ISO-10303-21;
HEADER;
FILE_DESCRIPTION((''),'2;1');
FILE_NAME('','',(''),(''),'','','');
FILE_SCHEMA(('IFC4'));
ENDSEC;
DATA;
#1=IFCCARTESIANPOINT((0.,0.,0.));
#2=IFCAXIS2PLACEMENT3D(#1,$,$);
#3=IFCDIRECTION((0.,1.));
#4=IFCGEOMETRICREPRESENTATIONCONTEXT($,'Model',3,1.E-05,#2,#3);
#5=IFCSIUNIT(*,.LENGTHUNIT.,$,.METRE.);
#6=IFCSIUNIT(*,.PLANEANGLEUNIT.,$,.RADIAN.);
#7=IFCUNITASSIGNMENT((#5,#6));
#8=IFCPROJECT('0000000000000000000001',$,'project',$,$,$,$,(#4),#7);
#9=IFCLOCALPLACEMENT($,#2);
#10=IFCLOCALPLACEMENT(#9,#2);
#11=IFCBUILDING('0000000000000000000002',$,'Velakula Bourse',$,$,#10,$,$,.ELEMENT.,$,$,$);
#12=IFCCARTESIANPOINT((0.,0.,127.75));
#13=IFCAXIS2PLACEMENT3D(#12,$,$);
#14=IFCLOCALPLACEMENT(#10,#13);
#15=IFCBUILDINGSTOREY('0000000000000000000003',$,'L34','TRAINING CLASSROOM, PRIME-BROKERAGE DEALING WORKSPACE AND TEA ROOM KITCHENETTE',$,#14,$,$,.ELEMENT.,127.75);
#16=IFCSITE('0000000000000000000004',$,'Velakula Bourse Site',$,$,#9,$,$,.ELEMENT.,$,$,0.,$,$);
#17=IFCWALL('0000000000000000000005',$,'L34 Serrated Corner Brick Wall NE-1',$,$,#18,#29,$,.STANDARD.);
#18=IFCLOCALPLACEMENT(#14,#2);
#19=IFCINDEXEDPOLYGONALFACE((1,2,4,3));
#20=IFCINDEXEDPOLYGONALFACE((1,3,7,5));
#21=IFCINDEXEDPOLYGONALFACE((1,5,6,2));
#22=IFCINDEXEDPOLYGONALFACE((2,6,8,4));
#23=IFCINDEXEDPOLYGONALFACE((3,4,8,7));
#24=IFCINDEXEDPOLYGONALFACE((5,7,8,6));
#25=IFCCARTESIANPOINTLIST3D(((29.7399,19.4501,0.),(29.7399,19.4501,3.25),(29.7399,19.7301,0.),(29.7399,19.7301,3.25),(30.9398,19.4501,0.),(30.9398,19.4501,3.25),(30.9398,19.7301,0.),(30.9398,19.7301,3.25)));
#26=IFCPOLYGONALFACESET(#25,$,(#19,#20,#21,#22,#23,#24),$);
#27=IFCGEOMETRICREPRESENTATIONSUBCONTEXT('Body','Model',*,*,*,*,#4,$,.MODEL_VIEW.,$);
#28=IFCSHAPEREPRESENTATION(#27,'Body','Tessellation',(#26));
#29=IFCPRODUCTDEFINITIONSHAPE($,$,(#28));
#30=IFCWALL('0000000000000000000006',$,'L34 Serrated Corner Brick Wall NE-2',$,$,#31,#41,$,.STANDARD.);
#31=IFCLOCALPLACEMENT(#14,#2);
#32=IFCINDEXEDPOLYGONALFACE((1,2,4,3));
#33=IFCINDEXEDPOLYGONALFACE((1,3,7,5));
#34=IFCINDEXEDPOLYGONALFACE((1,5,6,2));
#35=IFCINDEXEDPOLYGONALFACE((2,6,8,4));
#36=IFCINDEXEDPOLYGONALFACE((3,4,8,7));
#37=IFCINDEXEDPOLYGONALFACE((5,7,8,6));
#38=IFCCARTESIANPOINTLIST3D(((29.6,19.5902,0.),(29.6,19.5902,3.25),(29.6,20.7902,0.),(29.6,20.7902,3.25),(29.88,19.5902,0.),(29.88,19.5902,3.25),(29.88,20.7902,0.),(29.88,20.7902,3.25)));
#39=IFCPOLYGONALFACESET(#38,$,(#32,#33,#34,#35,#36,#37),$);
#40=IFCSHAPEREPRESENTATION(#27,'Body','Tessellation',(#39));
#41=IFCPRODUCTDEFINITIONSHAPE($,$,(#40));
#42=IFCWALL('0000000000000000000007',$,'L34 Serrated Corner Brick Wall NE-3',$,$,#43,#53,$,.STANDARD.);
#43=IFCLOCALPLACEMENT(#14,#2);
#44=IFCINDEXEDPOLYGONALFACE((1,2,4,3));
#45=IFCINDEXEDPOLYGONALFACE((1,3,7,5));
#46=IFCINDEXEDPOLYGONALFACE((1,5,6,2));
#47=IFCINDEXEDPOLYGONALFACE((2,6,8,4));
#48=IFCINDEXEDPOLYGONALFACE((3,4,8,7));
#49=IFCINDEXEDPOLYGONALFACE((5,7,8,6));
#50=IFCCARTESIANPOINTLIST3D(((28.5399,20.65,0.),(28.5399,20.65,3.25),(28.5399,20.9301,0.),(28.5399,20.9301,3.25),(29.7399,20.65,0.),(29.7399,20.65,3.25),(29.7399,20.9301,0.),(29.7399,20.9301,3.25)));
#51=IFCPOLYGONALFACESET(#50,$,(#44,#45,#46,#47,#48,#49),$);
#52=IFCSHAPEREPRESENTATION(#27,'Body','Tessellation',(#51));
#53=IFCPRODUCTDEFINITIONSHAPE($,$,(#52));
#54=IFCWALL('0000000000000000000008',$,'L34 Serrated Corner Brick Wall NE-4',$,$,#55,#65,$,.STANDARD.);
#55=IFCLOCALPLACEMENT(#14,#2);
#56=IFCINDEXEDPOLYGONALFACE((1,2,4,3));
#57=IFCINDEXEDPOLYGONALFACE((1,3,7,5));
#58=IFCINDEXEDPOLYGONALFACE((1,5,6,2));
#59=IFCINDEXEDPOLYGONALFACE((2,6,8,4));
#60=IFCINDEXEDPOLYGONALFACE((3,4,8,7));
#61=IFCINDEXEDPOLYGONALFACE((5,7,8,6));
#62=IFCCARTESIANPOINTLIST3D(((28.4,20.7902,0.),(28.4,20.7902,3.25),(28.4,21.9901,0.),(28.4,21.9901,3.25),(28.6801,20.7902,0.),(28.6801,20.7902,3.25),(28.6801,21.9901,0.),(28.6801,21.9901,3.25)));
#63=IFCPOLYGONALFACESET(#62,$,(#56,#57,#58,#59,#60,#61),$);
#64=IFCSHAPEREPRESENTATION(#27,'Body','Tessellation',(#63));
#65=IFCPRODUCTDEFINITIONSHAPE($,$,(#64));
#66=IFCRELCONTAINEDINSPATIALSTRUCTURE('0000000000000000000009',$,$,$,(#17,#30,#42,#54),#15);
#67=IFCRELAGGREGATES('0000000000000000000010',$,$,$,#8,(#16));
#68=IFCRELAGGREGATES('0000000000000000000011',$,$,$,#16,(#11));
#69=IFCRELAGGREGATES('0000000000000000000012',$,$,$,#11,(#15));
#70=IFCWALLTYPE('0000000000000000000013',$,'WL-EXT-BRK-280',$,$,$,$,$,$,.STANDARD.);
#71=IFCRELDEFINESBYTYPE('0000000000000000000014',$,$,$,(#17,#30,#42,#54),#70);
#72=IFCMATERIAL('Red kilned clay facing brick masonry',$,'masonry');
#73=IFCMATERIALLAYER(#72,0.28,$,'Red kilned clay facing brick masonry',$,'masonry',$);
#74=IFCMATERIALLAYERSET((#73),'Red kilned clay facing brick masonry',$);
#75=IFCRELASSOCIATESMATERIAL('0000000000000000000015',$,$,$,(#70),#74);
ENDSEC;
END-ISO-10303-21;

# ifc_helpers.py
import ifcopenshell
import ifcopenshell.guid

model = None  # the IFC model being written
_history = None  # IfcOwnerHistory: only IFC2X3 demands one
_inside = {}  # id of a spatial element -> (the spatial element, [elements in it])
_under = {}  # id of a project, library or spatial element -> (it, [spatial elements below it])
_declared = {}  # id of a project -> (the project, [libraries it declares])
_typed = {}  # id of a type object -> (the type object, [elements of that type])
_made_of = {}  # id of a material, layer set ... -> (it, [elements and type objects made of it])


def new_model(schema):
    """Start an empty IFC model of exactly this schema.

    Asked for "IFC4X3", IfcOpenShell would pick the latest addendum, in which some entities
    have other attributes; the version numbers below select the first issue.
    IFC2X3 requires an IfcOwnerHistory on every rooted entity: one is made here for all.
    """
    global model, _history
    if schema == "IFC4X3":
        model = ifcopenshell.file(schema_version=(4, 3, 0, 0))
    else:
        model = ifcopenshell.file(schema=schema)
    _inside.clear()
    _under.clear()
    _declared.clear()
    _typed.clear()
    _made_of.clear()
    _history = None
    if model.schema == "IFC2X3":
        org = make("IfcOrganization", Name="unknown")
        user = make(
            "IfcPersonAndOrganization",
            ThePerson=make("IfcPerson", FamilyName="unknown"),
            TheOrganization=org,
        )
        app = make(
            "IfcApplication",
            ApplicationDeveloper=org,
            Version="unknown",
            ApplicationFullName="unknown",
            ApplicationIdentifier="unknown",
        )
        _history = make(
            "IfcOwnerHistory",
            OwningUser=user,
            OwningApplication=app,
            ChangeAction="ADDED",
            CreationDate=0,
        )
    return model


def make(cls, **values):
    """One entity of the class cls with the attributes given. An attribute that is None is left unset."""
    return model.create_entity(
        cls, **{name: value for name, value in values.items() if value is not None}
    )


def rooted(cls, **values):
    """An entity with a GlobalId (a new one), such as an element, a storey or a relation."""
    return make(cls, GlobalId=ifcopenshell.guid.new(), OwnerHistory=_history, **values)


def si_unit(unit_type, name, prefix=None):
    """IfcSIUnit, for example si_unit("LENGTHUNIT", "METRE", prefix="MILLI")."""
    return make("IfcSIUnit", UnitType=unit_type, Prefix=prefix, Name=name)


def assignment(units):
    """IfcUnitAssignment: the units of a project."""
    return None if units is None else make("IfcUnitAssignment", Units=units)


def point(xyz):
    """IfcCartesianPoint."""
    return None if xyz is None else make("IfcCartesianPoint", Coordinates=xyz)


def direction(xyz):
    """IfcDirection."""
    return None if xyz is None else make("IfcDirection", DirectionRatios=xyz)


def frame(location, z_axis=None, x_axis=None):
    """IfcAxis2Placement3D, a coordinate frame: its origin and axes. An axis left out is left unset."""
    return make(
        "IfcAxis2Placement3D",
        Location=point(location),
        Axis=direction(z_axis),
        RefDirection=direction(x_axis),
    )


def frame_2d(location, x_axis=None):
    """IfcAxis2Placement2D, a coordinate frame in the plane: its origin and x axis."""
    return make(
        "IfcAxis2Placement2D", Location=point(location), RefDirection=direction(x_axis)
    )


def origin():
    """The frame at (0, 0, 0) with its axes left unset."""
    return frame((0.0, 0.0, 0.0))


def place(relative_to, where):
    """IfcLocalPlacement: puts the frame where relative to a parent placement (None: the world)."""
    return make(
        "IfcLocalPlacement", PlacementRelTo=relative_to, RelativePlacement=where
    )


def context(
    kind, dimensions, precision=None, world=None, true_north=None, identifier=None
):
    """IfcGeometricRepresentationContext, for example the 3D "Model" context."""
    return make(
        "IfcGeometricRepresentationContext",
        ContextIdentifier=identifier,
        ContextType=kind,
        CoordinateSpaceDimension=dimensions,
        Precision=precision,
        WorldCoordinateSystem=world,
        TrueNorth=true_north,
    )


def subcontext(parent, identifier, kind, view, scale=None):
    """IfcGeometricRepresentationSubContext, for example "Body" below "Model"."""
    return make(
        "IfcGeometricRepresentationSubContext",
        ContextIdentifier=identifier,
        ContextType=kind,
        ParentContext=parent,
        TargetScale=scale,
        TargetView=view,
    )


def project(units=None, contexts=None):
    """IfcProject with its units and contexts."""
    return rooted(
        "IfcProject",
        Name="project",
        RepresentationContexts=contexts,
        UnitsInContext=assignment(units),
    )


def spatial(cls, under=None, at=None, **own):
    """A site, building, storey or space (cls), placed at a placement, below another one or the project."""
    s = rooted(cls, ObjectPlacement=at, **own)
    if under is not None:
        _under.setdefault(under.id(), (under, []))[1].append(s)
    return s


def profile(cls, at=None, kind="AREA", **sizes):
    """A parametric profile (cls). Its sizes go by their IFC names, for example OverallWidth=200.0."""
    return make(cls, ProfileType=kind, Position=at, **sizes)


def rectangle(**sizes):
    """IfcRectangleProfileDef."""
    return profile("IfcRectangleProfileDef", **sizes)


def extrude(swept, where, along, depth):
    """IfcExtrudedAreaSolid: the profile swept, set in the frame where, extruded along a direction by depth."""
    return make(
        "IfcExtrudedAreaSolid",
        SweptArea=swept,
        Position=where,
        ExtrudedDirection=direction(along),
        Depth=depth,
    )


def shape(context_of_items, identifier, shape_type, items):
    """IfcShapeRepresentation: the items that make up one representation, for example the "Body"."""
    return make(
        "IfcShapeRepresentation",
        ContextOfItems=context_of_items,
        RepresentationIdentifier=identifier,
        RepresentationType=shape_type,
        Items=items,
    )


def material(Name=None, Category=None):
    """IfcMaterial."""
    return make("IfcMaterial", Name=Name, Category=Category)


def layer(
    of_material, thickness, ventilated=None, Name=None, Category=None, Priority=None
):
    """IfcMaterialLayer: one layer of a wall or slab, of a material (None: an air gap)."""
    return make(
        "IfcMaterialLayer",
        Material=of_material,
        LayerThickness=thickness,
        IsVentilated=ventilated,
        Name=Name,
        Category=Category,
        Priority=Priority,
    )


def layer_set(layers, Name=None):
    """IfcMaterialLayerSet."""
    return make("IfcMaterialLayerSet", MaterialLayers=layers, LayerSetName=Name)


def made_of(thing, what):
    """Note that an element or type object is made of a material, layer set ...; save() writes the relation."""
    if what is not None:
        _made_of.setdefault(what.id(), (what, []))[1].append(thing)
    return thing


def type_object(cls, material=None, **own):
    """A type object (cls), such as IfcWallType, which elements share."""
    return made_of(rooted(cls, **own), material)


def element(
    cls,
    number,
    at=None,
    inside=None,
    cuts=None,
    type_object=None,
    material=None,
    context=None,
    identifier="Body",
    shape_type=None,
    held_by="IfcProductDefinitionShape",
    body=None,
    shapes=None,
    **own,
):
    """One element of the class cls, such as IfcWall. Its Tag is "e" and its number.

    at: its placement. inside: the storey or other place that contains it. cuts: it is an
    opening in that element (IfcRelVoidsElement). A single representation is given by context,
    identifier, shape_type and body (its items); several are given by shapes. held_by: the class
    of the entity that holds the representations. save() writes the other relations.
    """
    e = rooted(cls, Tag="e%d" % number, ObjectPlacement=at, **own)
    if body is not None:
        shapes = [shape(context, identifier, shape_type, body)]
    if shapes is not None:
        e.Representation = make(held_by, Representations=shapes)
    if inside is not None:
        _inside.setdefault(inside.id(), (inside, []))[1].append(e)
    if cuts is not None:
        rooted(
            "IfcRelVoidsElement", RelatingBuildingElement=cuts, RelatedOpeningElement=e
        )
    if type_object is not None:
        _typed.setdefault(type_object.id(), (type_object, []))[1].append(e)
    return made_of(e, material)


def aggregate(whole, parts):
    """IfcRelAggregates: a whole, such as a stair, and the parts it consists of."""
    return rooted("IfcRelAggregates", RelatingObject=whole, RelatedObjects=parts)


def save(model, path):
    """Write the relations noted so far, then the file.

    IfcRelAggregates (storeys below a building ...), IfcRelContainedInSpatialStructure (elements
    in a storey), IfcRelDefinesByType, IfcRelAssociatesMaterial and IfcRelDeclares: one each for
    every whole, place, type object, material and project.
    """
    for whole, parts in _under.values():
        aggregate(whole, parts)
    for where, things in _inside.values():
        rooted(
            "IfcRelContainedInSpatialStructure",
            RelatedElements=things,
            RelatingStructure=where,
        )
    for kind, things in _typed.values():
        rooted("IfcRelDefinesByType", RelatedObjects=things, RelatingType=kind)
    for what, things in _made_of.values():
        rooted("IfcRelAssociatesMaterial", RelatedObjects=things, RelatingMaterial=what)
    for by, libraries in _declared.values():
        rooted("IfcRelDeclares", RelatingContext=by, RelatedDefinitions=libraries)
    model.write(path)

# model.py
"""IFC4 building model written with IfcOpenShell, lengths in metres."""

from ifc_helpers import new_model, si_unit, direction, frame, frame_2d, origin, place, context, subcontext, project, spatial, rectangle, extrude, material, layer, layer_set, type_object, element, save


model = new_model("IFC4")

# Units and contexts
model_context = context("Model", 3, precision=1e-05, world=origin(), true_north=direction((0.0, 1.0)))
body_context = subcontext(model_context, "Body", "Model", "MODEL_VIEW")
ifc_project = project(units=[si_unit("LENGTHUNIT", "METRE"), si_unit("PLANEANGLEUNIT", "RADIAN")], contexts=[model_context])

# Site, building, storey
site_placement = place(None, origin())
site = spatial("IfcSite", under=ifc_project, at=site_placement, Name="Velakula Bourse Site", CompositionType="ELEMENT", RefElevation=0.0)
building_placement = place(site_placement, origin())
building = spatial("IfcBuilding", under=site, at=building_placement, Name="Velakula Bourse", CompositionType="ELEMENT")
storey_placement = place(building_placement, frame((0.0, 0.0, 127.75)))
storey = spatial("IfcBuildingStorey", under=building, at=storey_placement, Name="L34", Description="TRAINING CLASSROOM, PRIME-BROKERAGE DEALING WORKSPACE AND TEA ROOM KITCHENETTE", CompositionType="ELEMENT", Elevation=127.75)

# Shared definitions
ifc_material_1 = material(Name="Red kilned clay facing brick masonry", Category="masonry")
ifc_layer = layer(ifc_material_1, 0.28, Name="Red kilned clay facing brick masonry", Category="masonry")
ifc_layer_set = layer_set([ifc_layer], Name="Red kilned clay facing brick masonry")
wall_type = type_object("IfcWallType", Name="WL-EXT-BRK-280", PredefinedType="STANDARD", material=ifc_layer_set)

# Walls
for number, where, z_axis, x_axis, name in (
    (1, (30.9399, 19.5901, 0.0), (0.0, 0.0, 1.0), (-1.0, 0.0, 0.0), "L34 Serrated Corner Brick Wall NE-1"),
    (2, (29.74, 19.5901, 0.0), (0.0, 0.0, 1.0), (0.0, 1.0, 0.0), "L34 Serrated Corner Brick Wall NE-2"),
    (3, (29.74, 20.79, 0.0), (0.0, 0.0, 1.0), (-1.0, 0.0, 0.0), "L34 Serrated Corner Brick Wall NE-3"),
    (4, (28.54, 20.79, 0.0), (0.0, 0.0, 1.0), (0.0, 1.0, 0.0), "L34 Serrated Corner Brick Wall NE-4"),
):
    element("IfcWall", number, at=place(storey_placement, frame(where, z_axis=z_axis, x_axis=x_axis)), inside=storey, type_object=wall_type, Name=name, PredefinedType="STANDARD", context=body_context, shape_type="SweptSolid", body=[
        extrude(rectangle(XDim=1.2, YDim=0.28, at=frame_2d((0.6001, 0.0))), origin(), (0.0, 0.0, 1.0), 3.25),
    ])

save(model, "model.ifc")
